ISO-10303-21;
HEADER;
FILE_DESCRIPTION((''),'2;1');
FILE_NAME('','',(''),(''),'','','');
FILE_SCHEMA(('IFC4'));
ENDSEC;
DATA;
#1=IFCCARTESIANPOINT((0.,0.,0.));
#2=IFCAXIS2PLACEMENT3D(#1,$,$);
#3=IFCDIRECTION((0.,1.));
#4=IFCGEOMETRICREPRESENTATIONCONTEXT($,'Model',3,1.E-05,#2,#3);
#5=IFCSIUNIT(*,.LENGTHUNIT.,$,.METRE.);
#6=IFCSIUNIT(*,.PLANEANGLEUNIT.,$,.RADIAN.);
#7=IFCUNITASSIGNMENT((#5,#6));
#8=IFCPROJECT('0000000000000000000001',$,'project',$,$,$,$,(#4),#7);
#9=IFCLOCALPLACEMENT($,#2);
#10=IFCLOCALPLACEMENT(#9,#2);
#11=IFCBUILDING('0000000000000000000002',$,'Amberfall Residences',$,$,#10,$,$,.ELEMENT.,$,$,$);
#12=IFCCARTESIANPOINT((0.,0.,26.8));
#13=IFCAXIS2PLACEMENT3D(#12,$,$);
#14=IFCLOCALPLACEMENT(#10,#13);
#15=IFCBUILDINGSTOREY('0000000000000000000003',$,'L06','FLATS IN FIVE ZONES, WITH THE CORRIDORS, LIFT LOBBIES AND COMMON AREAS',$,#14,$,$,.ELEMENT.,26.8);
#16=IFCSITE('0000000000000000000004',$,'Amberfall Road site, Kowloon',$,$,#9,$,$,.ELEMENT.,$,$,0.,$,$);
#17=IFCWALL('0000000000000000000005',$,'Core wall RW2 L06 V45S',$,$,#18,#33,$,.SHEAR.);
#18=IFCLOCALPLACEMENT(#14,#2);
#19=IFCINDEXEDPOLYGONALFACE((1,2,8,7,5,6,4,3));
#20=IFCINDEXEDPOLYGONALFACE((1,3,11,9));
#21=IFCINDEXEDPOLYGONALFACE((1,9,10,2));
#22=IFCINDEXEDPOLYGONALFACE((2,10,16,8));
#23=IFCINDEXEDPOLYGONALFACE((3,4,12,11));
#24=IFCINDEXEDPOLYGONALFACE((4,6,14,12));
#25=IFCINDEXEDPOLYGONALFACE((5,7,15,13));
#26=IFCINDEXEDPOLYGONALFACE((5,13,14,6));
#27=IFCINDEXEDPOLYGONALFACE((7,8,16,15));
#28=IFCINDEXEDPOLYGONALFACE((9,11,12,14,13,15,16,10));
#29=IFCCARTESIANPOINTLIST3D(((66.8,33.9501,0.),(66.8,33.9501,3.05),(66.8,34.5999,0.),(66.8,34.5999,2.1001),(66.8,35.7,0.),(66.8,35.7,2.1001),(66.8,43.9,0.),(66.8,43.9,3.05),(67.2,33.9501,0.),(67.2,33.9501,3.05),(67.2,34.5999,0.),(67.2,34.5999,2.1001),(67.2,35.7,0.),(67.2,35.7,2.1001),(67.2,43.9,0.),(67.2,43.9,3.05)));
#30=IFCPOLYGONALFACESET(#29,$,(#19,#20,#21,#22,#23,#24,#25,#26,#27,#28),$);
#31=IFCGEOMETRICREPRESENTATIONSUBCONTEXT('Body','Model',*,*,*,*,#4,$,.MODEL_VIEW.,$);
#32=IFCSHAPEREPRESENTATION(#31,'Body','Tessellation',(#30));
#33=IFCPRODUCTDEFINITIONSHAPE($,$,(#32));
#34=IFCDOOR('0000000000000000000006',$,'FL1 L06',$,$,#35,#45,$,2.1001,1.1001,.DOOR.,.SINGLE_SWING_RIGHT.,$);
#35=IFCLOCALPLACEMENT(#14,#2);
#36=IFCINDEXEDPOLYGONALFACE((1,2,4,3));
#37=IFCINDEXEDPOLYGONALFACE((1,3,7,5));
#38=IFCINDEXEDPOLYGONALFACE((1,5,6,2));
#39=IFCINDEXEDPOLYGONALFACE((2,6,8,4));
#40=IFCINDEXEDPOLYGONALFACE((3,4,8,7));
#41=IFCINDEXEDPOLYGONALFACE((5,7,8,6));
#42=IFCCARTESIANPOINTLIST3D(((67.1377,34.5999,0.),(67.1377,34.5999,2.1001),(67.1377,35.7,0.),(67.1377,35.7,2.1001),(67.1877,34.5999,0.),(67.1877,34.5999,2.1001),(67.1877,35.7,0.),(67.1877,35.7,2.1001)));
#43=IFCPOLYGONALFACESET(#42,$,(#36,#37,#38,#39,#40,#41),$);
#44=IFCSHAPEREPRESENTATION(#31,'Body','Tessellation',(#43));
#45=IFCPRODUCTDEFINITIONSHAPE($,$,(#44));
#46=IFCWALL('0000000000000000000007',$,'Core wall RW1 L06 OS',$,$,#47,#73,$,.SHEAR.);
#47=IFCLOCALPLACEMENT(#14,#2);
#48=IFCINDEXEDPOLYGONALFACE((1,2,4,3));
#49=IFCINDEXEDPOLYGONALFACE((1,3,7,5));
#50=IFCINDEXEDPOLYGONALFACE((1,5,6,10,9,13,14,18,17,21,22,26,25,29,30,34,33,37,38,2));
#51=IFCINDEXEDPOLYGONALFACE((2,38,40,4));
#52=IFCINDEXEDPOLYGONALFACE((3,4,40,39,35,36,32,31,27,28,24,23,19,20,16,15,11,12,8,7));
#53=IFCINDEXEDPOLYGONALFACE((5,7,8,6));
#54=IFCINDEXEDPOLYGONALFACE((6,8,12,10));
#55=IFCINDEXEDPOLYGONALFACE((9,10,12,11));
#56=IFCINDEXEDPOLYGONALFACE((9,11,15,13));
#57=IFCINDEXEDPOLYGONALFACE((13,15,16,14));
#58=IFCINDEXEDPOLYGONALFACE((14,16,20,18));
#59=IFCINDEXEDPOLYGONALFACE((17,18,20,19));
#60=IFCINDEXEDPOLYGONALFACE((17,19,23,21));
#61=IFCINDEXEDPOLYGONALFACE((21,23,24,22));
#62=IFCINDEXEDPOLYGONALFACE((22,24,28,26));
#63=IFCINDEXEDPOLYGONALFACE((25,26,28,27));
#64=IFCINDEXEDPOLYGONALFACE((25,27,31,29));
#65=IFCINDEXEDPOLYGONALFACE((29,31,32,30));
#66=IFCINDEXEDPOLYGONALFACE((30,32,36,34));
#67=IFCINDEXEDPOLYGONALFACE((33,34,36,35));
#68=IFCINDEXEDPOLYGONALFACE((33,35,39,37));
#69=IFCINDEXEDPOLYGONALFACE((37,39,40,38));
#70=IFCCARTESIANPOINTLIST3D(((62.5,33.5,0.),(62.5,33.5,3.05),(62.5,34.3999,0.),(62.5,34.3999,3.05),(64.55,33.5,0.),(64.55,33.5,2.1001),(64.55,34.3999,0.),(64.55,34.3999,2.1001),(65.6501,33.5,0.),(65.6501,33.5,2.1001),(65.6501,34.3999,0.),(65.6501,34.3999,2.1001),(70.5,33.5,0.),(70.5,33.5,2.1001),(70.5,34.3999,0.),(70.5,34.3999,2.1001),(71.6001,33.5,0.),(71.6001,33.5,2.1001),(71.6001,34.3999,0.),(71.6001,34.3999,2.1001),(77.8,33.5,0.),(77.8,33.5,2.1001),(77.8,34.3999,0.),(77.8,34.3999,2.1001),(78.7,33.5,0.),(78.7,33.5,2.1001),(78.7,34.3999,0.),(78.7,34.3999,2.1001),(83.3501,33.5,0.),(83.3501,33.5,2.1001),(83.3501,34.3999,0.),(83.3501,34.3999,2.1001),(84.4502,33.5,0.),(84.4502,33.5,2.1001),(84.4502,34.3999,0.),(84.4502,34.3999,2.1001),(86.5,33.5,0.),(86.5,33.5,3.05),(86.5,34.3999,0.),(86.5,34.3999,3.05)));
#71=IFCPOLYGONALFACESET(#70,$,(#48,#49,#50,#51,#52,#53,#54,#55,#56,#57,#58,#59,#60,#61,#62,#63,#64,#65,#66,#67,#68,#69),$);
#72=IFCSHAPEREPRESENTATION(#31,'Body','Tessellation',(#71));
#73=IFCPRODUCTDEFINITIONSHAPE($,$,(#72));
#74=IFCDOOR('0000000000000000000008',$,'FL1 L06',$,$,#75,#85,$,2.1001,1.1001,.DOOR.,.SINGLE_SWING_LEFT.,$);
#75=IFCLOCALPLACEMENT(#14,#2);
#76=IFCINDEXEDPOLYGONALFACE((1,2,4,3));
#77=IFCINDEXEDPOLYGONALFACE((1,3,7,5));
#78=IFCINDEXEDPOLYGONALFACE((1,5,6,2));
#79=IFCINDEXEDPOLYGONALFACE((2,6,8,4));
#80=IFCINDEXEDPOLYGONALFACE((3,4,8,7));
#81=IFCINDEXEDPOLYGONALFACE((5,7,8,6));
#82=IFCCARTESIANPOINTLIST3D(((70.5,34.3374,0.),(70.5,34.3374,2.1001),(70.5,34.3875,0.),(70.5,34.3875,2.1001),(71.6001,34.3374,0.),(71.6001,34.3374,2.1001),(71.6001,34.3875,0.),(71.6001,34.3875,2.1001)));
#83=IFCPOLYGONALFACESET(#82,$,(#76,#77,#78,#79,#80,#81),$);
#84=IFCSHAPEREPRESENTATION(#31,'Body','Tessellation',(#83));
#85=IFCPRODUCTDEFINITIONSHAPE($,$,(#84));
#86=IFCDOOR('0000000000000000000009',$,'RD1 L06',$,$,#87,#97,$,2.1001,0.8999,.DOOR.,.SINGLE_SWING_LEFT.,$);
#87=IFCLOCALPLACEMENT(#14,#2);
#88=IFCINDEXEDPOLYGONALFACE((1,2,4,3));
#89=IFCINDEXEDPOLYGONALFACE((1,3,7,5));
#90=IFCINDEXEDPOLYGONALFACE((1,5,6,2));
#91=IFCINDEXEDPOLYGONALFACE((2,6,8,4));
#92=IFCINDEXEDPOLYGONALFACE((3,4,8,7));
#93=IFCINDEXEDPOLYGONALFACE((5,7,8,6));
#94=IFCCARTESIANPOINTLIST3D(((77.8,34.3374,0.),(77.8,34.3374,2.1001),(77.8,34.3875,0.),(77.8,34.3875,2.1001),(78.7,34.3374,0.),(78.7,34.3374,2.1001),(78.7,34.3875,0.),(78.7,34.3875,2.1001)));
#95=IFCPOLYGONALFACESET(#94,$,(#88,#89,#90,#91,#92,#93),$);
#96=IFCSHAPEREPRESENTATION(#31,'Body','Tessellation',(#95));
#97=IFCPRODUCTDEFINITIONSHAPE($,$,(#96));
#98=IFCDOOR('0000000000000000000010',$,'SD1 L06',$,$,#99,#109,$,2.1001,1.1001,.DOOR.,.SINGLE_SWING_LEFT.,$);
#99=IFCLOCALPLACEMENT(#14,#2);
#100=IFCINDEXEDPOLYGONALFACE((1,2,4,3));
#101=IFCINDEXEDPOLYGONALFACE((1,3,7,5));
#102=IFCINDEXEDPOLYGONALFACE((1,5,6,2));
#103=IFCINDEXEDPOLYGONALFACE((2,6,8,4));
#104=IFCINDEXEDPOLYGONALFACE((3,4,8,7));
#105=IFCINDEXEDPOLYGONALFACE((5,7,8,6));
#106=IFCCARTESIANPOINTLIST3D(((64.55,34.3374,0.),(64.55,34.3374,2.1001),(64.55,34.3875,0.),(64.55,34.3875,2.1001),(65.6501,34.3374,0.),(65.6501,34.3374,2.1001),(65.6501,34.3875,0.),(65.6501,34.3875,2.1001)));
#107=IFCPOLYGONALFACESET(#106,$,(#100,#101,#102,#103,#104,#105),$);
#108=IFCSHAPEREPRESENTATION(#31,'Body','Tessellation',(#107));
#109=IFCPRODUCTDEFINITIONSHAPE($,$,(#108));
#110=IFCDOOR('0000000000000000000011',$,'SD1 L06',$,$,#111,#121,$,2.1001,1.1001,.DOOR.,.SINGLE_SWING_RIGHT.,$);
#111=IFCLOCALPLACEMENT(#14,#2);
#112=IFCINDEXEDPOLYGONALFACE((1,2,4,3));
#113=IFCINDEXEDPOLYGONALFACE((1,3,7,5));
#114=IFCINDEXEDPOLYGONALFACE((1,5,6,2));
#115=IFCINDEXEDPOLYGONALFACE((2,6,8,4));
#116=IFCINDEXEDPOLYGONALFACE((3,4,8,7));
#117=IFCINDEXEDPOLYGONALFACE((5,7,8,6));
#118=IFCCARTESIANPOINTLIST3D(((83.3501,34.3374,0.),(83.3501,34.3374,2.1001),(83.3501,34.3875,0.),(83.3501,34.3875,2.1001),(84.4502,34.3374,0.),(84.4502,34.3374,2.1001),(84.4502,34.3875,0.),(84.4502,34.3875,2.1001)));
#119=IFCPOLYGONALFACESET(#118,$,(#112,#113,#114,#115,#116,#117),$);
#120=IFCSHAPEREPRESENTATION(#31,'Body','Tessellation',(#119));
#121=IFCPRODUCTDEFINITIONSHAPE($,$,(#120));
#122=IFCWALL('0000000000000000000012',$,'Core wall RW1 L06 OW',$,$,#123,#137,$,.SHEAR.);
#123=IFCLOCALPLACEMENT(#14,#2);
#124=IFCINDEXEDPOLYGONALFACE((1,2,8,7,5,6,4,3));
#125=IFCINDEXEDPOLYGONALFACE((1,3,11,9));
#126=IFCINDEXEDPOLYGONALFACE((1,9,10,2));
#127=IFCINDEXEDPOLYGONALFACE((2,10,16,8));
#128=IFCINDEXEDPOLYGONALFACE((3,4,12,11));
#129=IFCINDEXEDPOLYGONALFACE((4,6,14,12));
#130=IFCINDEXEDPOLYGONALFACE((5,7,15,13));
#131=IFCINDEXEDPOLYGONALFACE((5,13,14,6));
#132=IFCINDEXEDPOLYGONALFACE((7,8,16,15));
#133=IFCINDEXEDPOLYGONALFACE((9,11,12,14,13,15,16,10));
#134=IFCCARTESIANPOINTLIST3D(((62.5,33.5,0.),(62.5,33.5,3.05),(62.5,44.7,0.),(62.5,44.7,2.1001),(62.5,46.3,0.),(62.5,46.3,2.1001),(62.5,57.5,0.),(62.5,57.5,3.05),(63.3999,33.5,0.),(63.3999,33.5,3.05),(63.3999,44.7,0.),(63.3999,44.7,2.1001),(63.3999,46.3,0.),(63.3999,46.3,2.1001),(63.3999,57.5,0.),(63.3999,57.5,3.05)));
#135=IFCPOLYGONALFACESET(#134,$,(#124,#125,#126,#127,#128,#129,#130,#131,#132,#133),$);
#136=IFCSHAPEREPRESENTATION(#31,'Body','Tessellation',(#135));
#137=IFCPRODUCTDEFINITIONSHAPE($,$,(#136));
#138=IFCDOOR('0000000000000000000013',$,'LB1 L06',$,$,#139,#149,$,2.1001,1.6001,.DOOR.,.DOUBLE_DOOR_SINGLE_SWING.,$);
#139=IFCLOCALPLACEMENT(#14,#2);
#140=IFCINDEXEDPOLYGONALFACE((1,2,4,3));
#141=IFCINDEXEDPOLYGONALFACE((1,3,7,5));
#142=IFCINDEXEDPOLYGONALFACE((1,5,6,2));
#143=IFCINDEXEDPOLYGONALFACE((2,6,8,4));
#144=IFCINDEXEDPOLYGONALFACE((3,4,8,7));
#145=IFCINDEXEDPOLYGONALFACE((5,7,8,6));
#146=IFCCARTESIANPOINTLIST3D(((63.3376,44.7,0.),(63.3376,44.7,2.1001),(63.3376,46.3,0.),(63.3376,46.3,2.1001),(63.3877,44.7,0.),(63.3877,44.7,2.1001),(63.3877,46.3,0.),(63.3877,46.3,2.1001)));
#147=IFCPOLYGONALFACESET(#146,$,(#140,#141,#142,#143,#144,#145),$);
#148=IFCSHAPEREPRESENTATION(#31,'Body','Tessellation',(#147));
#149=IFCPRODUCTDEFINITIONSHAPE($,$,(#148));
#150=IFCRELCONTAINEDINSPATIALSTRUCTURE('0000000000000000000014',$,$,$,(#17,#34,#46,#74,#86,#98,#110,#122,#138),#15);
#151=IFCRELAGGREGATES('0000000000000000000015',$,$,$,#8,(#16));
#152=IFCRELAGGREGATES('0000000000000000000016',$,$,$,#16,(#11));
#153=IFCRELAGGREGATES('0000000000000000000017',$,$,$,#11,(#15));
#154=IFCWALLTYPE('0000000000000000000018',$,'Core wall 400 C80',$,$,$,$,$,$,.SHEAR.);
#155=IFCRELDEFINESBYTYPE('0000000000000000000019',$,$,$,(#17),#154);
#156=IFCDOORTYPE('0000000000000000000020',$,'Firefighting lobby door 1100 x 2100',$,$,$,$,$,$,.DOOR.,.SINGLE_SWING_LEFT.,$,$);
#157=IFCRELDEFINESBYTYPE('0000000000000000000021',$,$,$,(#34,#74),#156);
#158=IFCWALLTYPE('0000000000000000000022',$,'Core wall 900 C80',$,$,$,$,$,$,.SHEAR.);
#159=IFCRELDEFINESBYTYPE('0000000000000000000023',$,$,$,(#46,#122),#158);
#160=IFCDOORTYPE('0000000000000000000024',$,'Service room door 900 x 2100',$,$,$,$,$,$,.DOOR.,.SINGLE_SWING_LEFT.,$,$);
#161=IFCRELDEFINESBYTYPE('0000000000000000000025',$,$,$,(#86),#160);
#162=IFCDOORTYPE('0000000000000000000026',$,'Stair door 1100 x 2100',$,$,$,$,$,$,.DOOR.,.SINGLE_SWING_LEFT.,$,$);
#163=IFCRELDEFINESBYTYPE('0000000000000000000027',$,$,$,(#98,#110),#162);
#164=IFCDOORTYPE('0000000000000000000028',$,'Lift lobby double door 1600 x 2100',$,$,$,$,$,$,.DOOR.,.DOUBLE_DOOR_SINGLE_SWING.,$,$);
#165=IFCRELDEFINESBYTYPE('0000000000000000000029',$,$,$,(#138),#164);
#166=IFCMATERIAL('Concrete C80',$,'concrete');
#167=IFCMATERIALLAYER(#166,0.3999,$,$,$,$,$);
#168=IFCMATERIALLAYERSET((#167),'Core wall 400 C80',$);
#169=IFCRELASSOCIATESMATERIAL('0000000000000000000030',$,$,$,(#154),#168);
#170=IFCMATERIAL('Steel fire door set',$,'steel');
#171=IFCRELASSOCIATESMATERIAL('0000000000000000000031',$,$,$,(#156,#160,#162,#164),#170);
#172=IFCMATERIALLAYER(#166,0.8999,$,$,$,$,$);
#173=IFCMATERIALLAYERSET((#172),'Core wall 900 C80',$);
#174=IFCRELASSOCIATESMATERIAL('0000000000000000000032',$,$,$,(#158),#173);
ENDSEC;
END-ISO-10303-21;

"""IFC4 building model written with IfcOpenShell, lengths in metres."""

from ifc_helpers import new_model, si_unit, direction, frame, frame_2d, origin, place, context, subcontext, project, spatial, rectangle, extrude, material, layer, layer_set, type_object, element, fill, save


model = new_model("IFC4")

# Units and contexts
model_context = context("Model", 3, precision=1e-05, world=origin(), true_north=direction((0.0, 1.0)))
body_context = subcontext(model_context, "Body", "Model", "MODEL_VIEW")
ifc_project = project(units=[si_unit("LENGTHUNIT", "METRE"), si_unit("PLANEANGLEUNIT", "RADIAN")], contexts=[model_context])

# Site, building, storey
site_placement = place(None, origin())
site = spatial("IfcSite", under=ifc_project, at=site_placement, Name="Amberfall Road site, Kowloon", CompositionType="ELEMENT", RefElevation=0.0)
building_placement = place(site_placement, origin())
building = spatial("IfcBuilding", under=site, at=building_placement, Name="Amberfall Residences", CompositionType="ELEMENT")
storey_placement = place(building_placement, frame((0.0, 0.0, 26.8)))
storey = spatial("IfcBuildingStorey", under=building, at=storey_placement, Name="L06", Description="FLATS IN FIVE ZONES, WITH THE CORRIDORS, LIFT LOBBIES AND COMMON AREAS", CompositionType="ELEMENT", Elevation=26.8)

# Wall, opening, door
ifc_material_1 = material(Name="Concrete C80", Category="concrete")
ifc_layer_1 = layer(ifc_material_1, 0.3999)
ifc_layer_set_1 = layer_set([ifc_layer_1], Name="Core wall 400 C80")
wall_type_1 = type_object("IfcWallType", Name="Core wall 400 C80", PredefinedType="SHEAR", material=ifc_layer_set_1)
wall_1_placement = place(storey_placement, frame((67.0, 33.95, 0.0), z_axis=(0.0, 0.0, 1.0), x_axis=(0.0, 1.0, 0.0)))
wall_1 = element("IfcWall", 1, at=wall_1_placement, inside=storey, type_object=wall_type_1, Name="Core wall RW2 L06 V45S", PredefinedType="SHEAR", context=body_context, shape_type="SweptSolid", body=[
    extrude(rectangle(XDim=9.95, YDim=0.3999, at=frame_2d((4.9751, 0.0))), origin(), (0.0, 0.0, 1.0), 3.05),
])
opening_1_placement = place(wall_1_placement, frame((0.6499, 0.0, 0.0)))
opening_1 = element("IfcOpeningElement", 2, at=opening_1_placement, cuts=wall_1, PredefinedType="OPENING", context=body_context, shape_type="SweptSolid", body=[
    extrude(rectangle(XDim=1.1001, YDim=2.1001, at=frame_2d((0.55, 1.05))), frame((0.0, 0.21, 0.0), z_axis=(0.0, -1.0, 0.0), x_axis=(1.0, 0.0, 0.0)), (0.0, 0.0, 1.0), 0.4199),
])
ifc_material_2 = material(Name="Steel fire door set", Category="steel")
door_type_1 = type_object("IfcDoorType", Name="Firefighting lobby door 1100 x 2100", OperationType="SINGLE_SWING_LEFT", PredefinedType="DOOR", material=ifc_material_2)
door_1_placement = place(opening_1_placement, origin())
door_1 = element("IfcDoor", 3, at=door_1_placement, inside=storey, type_object=door_type_1, Name="FL1 L06", OperationType="SINGLE_SWING_RIGHT", OverallHeight=2.1001, OverallWidth=1.1001, PredefinedType="DOOR", context=body_context, shape_type="SweptSolid", body=[
    extrude(rectangle(XDim=1.1001, YDim=2.1001, at=frame_2d((0.55, 1.05))), frame((0.0, -0.1377, 0.0), z_axis=(0.0, -1.0, 0.0), x_axis=(1.0, 0.0, 0.0)), (0.0, 0.0, 1.0), 0.05),
])
fill(opening_1, door_1)

# Wall, openings, doors
ifc_layer_2 = layer(ifc_material_1, 0.8999)
ifc_layer_set_2 = layer_set([ifc_layer_2], Name="Core wall 900 C80")
wall_type_2 = type_object("IfcWallType", Name="Core wall 900 C80", PredefinedType="SHEAR", material=ifc_layer_set_2)
wall_2_placement = place(storey_placement, frame((62.5, 33.95, 0.0), z_axis=(0.0, 0.0, 1.0), x_axis=(1.0, 0.0, 0.0)))
wall_2 = element("IfcWall", 4, at=wall_2_placement, inside=storey, type_object=wall_type_2, Name="Core wall RW1 L06 OS", PredefinedType="SHEAR", context=body_context, shape_type="SweptSolid", body=[
    extrude(rectangle(XDim=24.0, YDim=0.8999, at=frame_2d((12.0, 0.0))), origin(), (0.0, 0.0, 1.0), 3.05),
])
opening_2_placement = place(wall_2_placement, frame((2.05, 0.0, 0.0)))
opening_2 = element("IfcOpeningElement", 5, at=opening_2_placement, cuts=wall_2, PredefinedType="OPENING", context=body_context, shape_type="SweptSolid", body=[
    extrude(rectangle(XDim=1.1001, YDim=2.1001, at=frame_2d((0.55, 1.05))), frame((0.0, 0.46, 0.0), z_axis=(0.0, -1.0, 0.0), x_axis=(1.0, 0.0, 0.0)), (0.0, 0.0, 1.0), 0.9199),
])
opening_3_placement = place(wall_2_placement, frame((20.8501, 0.0, 0.0)))
opening_3 = element("IfcOpeningElement", 6, at=opening_3_placement, cuts=wall_2, PredefinedType="OPENING", context=body_context, shape_type="SweptSolid", body=[
    extrude(rectangle(XDim=1.1001, YDim=2.1001, at=frame_2d((0.55, 1.05))), frame((0.0, 0.46, 0.0), z_axis=(0.0, -1.0, 0.0), x_axis=(1.0, 0.0, 0.0)), (0.0, 0.0, 1.0), 0.9199),
])
opening_4_placement = place(wall_2_placement, frame((8.0, 0.0, 0.0)))
opening_4 = element("IfcOpeningElement", 7, at=opening_4_placement, cuts=wall_2, PredefinedType="OPENING", context=body_context, shape_type="SweptSolid", body=[
    extrude(rectangle(XDim=1.1001, YDim=2.1001, at=frame_2d((0.55, 1.05))), frame((0.0, 0.46, 0.0), z_axis=(0.0, -1.0, 0.0), x_axis=(1.0, 0.0, 0.0)), (0.0, 0.0, 1.0), 0.9199),
])
opening_5_placement = place(wall_2_placement, frame((15.3, 0.0, 0.0)))
opening_5 = element("IfcOpeningElement", 8, at=opening_5_placement, cuts=wall_2, PredefinedType="OPENING", context=body_context, shape_type="SweptSolid", body=[
    extrude(rectangle(XDim=0.8999, YDim=2.1001, at=frame_2d((0.45, 1.05))), frame((0.0, 0.46, 0.0), z_axis=(0.0, -1.0, 0.0), x_axis=(1.0, 0.0, 0.0)), (0.0, 0.0, 1.0), 0.9199),
])
door_2_placement = place(opening_4_placement, origin())
door_2 = element("IfcDoor", 9, at=door_2_placement, inside=storey, type_object=door_type_1, Name="FL1 L06", OperationType="SINGLE_SWING_LEFT", OverallHeight=2.1001, OverallWidth=1.1001, PredefinedType="DOOR", context=body_context, shape_type="SweptSolid", body=[
    extrude(rectangle(XDim=1.1001, YDim=2.1001, at=frame_2d((0.55, 1.05))), frame((0.0, 0.4375, 0.0), z_axis=(0.0, -1.0, 0.0), x_axis=(1.0, 0.0, 0.0)), (0.0, 0.0, 1.0), 0.05),
])
fill(opening_4, door_2)
door_type_2 = type_object("IfcDoorType", Name="Service room door 900 x 2100", OperationType="SINGLE_SWING_LEFT", PredefinedType="DOOR", material=ifc_material_2)
door_3_placement = place(opening_5_placement, origin())
door_3 = element("IfcDoor", 10, at=door_3_placement, inside=storey, type_object=door_type_2, Name="RD1 L06", OperationType="SINGLE_SWING_LEFT", OverallHeight=2.1001, OverallWidth=0.8999, PredefinedType="DOOR", context=body_context, shape_type="SweptSolid", body=[
    extrude(rectangle(XDim=0.8999, YDim=2.1001, at=frame_2d((0.45, 1.05))), frame((0.0, 0.4375, 0.0), z_axis=(0.0, -1.0, 0.0), x_axis=(1.0, 0.0, 0.0)), (0.0, 0.0, 1.0), 0.05),
])
fill(opening_5, door_3)
door_type_3 = type_object("IfcDoorType", Name="Stair door 1100 x 2100", OperationType="SINGLE_SWING_LEFT", PredefinedType="DOOR", material=ifc_material_2)
door_4_placement = place(opening_2_placement, origin())
door_4 = element("IfcDoor", 11, at=door_4_placement, inside=storey, type_object=door_type_3, Name="SD1 L06", OperationType="SINGLE_SWING_LEFT", OverallHeight=2.1001, OverallWidth=1.1001, PredefinedType="DOOR", context=body_context, shape_type="SweptSolid", body=[
    extrude(rectangle(XDim=1.1001, YDim=2.1001, at=frame_2d((0.55, 1.05))), frame((0.0, 0.4375, 0.0), z_axis=(0.0, -1.0, 0.0), x_axis=(1.0, 0.0, 0.0)), (0.0, 0.0, 1.0), 0.05),
])
fill(opening_2, door_4)
door_5_placement = place(opening_3_placement, origin())
door_5 = element("IfcDoor", 12, at=door_5_placement, inside=storey, type_object=door_type_3, Name="SD1 L06", OperationType="SINGLE_SWING_RIGHT", OverallHeight=2.1001, OverallWidth=1.1001, PredefinedType="DOOR", context=body_context, shape_type="SweptSolid", body=[
    extrude(rectangle(XDim=1.1001, YDim=2.1001, at=frame_2d((0.55, 1.05))), frame((0.0, 0.4375, 0.0), z_axis=(0.0, -1.0, 0.0), x_axis=(1.0, 0.0, 0.0)), (0.0, 0.0, 1.0), 0.05),
])
fill(opening_3, door_5)

# Wall, opening, door
wall_3_placement = place(storey_placement, frame((62.95, 33.5, 0.0), z_axis=(0.0, 0.0, 1.0), x_axis=(0.0, 1.0, 0.0)))
wall_3 = element("IfcWall", 13, at=wall_3_placement, inside=storey, type_object=wall_type_2, Name="Core wall RW1 L06 OW", PredefinedType="SHEAR", context=body_context, shape_type="SweptSolid", body=[
    extrude(rectangle(XDim=24.0, YDim=0.8999, at=frame_2d((12.0, 0.0))), origin(), (0.0, 0.0, 1.0), 3.05),
])
opening_6_placement = place(wall_3_placement, frame((11.2, 0.0, 0.0)))
opening_6 = element("IfcOpeningElement", 14, at=opening_6_placement, cuts=wall_3, PredefinedType="OPENING", context=body_context, shape_type="SweptSolid", body=[
    extrude(rectangle(XDim=1.6001, YDim=2.1001, at=frame_2d((0.8, 1.05))), frame((0.0, 0.46, 0.0), z_axis=(0.0, -1.0, 0.0), x_axis=(1.0, 0.0, 0.0)), (0.0, 0.0, 1.0), 0.9199),
])
door_type_4 = type_object("IfcDoorType", Name="Lift lobby double door 1600 x 2100", OperationType="DOUBLE_DOOR_SINGLE_SWING", PredefinedType="DOOR", material=ifc_material_2)
door_6_placement = place(opening_6_placement, origin())
door_6 = element("IfcDoor", 15, at=door_6_placement, inside=storey, type_object=door_type_4, Name="LB1 L06", OperationType="DOUBLE_DOOR_SINGLE_SWING", OverallHeight=2.1001, OverallWidth=1.6001, PredefinedType="DOOR", context=body_context, shape_type="SweptSolid", body=[
    extrude(rectangle(XDim=1.6001, YDim=2.1001, at=frame_2d((0.8, 1.05))), frame((0.0, -0.3877, 0.0), z_axis=(0.0, -1.0, 0.0), x_axis=(1.0, 0.0, 0.0)), (0.0, 0.0, 1.0), 0.05),
])
fill(opening_6, door_6)

save(model, "model.ifc")
